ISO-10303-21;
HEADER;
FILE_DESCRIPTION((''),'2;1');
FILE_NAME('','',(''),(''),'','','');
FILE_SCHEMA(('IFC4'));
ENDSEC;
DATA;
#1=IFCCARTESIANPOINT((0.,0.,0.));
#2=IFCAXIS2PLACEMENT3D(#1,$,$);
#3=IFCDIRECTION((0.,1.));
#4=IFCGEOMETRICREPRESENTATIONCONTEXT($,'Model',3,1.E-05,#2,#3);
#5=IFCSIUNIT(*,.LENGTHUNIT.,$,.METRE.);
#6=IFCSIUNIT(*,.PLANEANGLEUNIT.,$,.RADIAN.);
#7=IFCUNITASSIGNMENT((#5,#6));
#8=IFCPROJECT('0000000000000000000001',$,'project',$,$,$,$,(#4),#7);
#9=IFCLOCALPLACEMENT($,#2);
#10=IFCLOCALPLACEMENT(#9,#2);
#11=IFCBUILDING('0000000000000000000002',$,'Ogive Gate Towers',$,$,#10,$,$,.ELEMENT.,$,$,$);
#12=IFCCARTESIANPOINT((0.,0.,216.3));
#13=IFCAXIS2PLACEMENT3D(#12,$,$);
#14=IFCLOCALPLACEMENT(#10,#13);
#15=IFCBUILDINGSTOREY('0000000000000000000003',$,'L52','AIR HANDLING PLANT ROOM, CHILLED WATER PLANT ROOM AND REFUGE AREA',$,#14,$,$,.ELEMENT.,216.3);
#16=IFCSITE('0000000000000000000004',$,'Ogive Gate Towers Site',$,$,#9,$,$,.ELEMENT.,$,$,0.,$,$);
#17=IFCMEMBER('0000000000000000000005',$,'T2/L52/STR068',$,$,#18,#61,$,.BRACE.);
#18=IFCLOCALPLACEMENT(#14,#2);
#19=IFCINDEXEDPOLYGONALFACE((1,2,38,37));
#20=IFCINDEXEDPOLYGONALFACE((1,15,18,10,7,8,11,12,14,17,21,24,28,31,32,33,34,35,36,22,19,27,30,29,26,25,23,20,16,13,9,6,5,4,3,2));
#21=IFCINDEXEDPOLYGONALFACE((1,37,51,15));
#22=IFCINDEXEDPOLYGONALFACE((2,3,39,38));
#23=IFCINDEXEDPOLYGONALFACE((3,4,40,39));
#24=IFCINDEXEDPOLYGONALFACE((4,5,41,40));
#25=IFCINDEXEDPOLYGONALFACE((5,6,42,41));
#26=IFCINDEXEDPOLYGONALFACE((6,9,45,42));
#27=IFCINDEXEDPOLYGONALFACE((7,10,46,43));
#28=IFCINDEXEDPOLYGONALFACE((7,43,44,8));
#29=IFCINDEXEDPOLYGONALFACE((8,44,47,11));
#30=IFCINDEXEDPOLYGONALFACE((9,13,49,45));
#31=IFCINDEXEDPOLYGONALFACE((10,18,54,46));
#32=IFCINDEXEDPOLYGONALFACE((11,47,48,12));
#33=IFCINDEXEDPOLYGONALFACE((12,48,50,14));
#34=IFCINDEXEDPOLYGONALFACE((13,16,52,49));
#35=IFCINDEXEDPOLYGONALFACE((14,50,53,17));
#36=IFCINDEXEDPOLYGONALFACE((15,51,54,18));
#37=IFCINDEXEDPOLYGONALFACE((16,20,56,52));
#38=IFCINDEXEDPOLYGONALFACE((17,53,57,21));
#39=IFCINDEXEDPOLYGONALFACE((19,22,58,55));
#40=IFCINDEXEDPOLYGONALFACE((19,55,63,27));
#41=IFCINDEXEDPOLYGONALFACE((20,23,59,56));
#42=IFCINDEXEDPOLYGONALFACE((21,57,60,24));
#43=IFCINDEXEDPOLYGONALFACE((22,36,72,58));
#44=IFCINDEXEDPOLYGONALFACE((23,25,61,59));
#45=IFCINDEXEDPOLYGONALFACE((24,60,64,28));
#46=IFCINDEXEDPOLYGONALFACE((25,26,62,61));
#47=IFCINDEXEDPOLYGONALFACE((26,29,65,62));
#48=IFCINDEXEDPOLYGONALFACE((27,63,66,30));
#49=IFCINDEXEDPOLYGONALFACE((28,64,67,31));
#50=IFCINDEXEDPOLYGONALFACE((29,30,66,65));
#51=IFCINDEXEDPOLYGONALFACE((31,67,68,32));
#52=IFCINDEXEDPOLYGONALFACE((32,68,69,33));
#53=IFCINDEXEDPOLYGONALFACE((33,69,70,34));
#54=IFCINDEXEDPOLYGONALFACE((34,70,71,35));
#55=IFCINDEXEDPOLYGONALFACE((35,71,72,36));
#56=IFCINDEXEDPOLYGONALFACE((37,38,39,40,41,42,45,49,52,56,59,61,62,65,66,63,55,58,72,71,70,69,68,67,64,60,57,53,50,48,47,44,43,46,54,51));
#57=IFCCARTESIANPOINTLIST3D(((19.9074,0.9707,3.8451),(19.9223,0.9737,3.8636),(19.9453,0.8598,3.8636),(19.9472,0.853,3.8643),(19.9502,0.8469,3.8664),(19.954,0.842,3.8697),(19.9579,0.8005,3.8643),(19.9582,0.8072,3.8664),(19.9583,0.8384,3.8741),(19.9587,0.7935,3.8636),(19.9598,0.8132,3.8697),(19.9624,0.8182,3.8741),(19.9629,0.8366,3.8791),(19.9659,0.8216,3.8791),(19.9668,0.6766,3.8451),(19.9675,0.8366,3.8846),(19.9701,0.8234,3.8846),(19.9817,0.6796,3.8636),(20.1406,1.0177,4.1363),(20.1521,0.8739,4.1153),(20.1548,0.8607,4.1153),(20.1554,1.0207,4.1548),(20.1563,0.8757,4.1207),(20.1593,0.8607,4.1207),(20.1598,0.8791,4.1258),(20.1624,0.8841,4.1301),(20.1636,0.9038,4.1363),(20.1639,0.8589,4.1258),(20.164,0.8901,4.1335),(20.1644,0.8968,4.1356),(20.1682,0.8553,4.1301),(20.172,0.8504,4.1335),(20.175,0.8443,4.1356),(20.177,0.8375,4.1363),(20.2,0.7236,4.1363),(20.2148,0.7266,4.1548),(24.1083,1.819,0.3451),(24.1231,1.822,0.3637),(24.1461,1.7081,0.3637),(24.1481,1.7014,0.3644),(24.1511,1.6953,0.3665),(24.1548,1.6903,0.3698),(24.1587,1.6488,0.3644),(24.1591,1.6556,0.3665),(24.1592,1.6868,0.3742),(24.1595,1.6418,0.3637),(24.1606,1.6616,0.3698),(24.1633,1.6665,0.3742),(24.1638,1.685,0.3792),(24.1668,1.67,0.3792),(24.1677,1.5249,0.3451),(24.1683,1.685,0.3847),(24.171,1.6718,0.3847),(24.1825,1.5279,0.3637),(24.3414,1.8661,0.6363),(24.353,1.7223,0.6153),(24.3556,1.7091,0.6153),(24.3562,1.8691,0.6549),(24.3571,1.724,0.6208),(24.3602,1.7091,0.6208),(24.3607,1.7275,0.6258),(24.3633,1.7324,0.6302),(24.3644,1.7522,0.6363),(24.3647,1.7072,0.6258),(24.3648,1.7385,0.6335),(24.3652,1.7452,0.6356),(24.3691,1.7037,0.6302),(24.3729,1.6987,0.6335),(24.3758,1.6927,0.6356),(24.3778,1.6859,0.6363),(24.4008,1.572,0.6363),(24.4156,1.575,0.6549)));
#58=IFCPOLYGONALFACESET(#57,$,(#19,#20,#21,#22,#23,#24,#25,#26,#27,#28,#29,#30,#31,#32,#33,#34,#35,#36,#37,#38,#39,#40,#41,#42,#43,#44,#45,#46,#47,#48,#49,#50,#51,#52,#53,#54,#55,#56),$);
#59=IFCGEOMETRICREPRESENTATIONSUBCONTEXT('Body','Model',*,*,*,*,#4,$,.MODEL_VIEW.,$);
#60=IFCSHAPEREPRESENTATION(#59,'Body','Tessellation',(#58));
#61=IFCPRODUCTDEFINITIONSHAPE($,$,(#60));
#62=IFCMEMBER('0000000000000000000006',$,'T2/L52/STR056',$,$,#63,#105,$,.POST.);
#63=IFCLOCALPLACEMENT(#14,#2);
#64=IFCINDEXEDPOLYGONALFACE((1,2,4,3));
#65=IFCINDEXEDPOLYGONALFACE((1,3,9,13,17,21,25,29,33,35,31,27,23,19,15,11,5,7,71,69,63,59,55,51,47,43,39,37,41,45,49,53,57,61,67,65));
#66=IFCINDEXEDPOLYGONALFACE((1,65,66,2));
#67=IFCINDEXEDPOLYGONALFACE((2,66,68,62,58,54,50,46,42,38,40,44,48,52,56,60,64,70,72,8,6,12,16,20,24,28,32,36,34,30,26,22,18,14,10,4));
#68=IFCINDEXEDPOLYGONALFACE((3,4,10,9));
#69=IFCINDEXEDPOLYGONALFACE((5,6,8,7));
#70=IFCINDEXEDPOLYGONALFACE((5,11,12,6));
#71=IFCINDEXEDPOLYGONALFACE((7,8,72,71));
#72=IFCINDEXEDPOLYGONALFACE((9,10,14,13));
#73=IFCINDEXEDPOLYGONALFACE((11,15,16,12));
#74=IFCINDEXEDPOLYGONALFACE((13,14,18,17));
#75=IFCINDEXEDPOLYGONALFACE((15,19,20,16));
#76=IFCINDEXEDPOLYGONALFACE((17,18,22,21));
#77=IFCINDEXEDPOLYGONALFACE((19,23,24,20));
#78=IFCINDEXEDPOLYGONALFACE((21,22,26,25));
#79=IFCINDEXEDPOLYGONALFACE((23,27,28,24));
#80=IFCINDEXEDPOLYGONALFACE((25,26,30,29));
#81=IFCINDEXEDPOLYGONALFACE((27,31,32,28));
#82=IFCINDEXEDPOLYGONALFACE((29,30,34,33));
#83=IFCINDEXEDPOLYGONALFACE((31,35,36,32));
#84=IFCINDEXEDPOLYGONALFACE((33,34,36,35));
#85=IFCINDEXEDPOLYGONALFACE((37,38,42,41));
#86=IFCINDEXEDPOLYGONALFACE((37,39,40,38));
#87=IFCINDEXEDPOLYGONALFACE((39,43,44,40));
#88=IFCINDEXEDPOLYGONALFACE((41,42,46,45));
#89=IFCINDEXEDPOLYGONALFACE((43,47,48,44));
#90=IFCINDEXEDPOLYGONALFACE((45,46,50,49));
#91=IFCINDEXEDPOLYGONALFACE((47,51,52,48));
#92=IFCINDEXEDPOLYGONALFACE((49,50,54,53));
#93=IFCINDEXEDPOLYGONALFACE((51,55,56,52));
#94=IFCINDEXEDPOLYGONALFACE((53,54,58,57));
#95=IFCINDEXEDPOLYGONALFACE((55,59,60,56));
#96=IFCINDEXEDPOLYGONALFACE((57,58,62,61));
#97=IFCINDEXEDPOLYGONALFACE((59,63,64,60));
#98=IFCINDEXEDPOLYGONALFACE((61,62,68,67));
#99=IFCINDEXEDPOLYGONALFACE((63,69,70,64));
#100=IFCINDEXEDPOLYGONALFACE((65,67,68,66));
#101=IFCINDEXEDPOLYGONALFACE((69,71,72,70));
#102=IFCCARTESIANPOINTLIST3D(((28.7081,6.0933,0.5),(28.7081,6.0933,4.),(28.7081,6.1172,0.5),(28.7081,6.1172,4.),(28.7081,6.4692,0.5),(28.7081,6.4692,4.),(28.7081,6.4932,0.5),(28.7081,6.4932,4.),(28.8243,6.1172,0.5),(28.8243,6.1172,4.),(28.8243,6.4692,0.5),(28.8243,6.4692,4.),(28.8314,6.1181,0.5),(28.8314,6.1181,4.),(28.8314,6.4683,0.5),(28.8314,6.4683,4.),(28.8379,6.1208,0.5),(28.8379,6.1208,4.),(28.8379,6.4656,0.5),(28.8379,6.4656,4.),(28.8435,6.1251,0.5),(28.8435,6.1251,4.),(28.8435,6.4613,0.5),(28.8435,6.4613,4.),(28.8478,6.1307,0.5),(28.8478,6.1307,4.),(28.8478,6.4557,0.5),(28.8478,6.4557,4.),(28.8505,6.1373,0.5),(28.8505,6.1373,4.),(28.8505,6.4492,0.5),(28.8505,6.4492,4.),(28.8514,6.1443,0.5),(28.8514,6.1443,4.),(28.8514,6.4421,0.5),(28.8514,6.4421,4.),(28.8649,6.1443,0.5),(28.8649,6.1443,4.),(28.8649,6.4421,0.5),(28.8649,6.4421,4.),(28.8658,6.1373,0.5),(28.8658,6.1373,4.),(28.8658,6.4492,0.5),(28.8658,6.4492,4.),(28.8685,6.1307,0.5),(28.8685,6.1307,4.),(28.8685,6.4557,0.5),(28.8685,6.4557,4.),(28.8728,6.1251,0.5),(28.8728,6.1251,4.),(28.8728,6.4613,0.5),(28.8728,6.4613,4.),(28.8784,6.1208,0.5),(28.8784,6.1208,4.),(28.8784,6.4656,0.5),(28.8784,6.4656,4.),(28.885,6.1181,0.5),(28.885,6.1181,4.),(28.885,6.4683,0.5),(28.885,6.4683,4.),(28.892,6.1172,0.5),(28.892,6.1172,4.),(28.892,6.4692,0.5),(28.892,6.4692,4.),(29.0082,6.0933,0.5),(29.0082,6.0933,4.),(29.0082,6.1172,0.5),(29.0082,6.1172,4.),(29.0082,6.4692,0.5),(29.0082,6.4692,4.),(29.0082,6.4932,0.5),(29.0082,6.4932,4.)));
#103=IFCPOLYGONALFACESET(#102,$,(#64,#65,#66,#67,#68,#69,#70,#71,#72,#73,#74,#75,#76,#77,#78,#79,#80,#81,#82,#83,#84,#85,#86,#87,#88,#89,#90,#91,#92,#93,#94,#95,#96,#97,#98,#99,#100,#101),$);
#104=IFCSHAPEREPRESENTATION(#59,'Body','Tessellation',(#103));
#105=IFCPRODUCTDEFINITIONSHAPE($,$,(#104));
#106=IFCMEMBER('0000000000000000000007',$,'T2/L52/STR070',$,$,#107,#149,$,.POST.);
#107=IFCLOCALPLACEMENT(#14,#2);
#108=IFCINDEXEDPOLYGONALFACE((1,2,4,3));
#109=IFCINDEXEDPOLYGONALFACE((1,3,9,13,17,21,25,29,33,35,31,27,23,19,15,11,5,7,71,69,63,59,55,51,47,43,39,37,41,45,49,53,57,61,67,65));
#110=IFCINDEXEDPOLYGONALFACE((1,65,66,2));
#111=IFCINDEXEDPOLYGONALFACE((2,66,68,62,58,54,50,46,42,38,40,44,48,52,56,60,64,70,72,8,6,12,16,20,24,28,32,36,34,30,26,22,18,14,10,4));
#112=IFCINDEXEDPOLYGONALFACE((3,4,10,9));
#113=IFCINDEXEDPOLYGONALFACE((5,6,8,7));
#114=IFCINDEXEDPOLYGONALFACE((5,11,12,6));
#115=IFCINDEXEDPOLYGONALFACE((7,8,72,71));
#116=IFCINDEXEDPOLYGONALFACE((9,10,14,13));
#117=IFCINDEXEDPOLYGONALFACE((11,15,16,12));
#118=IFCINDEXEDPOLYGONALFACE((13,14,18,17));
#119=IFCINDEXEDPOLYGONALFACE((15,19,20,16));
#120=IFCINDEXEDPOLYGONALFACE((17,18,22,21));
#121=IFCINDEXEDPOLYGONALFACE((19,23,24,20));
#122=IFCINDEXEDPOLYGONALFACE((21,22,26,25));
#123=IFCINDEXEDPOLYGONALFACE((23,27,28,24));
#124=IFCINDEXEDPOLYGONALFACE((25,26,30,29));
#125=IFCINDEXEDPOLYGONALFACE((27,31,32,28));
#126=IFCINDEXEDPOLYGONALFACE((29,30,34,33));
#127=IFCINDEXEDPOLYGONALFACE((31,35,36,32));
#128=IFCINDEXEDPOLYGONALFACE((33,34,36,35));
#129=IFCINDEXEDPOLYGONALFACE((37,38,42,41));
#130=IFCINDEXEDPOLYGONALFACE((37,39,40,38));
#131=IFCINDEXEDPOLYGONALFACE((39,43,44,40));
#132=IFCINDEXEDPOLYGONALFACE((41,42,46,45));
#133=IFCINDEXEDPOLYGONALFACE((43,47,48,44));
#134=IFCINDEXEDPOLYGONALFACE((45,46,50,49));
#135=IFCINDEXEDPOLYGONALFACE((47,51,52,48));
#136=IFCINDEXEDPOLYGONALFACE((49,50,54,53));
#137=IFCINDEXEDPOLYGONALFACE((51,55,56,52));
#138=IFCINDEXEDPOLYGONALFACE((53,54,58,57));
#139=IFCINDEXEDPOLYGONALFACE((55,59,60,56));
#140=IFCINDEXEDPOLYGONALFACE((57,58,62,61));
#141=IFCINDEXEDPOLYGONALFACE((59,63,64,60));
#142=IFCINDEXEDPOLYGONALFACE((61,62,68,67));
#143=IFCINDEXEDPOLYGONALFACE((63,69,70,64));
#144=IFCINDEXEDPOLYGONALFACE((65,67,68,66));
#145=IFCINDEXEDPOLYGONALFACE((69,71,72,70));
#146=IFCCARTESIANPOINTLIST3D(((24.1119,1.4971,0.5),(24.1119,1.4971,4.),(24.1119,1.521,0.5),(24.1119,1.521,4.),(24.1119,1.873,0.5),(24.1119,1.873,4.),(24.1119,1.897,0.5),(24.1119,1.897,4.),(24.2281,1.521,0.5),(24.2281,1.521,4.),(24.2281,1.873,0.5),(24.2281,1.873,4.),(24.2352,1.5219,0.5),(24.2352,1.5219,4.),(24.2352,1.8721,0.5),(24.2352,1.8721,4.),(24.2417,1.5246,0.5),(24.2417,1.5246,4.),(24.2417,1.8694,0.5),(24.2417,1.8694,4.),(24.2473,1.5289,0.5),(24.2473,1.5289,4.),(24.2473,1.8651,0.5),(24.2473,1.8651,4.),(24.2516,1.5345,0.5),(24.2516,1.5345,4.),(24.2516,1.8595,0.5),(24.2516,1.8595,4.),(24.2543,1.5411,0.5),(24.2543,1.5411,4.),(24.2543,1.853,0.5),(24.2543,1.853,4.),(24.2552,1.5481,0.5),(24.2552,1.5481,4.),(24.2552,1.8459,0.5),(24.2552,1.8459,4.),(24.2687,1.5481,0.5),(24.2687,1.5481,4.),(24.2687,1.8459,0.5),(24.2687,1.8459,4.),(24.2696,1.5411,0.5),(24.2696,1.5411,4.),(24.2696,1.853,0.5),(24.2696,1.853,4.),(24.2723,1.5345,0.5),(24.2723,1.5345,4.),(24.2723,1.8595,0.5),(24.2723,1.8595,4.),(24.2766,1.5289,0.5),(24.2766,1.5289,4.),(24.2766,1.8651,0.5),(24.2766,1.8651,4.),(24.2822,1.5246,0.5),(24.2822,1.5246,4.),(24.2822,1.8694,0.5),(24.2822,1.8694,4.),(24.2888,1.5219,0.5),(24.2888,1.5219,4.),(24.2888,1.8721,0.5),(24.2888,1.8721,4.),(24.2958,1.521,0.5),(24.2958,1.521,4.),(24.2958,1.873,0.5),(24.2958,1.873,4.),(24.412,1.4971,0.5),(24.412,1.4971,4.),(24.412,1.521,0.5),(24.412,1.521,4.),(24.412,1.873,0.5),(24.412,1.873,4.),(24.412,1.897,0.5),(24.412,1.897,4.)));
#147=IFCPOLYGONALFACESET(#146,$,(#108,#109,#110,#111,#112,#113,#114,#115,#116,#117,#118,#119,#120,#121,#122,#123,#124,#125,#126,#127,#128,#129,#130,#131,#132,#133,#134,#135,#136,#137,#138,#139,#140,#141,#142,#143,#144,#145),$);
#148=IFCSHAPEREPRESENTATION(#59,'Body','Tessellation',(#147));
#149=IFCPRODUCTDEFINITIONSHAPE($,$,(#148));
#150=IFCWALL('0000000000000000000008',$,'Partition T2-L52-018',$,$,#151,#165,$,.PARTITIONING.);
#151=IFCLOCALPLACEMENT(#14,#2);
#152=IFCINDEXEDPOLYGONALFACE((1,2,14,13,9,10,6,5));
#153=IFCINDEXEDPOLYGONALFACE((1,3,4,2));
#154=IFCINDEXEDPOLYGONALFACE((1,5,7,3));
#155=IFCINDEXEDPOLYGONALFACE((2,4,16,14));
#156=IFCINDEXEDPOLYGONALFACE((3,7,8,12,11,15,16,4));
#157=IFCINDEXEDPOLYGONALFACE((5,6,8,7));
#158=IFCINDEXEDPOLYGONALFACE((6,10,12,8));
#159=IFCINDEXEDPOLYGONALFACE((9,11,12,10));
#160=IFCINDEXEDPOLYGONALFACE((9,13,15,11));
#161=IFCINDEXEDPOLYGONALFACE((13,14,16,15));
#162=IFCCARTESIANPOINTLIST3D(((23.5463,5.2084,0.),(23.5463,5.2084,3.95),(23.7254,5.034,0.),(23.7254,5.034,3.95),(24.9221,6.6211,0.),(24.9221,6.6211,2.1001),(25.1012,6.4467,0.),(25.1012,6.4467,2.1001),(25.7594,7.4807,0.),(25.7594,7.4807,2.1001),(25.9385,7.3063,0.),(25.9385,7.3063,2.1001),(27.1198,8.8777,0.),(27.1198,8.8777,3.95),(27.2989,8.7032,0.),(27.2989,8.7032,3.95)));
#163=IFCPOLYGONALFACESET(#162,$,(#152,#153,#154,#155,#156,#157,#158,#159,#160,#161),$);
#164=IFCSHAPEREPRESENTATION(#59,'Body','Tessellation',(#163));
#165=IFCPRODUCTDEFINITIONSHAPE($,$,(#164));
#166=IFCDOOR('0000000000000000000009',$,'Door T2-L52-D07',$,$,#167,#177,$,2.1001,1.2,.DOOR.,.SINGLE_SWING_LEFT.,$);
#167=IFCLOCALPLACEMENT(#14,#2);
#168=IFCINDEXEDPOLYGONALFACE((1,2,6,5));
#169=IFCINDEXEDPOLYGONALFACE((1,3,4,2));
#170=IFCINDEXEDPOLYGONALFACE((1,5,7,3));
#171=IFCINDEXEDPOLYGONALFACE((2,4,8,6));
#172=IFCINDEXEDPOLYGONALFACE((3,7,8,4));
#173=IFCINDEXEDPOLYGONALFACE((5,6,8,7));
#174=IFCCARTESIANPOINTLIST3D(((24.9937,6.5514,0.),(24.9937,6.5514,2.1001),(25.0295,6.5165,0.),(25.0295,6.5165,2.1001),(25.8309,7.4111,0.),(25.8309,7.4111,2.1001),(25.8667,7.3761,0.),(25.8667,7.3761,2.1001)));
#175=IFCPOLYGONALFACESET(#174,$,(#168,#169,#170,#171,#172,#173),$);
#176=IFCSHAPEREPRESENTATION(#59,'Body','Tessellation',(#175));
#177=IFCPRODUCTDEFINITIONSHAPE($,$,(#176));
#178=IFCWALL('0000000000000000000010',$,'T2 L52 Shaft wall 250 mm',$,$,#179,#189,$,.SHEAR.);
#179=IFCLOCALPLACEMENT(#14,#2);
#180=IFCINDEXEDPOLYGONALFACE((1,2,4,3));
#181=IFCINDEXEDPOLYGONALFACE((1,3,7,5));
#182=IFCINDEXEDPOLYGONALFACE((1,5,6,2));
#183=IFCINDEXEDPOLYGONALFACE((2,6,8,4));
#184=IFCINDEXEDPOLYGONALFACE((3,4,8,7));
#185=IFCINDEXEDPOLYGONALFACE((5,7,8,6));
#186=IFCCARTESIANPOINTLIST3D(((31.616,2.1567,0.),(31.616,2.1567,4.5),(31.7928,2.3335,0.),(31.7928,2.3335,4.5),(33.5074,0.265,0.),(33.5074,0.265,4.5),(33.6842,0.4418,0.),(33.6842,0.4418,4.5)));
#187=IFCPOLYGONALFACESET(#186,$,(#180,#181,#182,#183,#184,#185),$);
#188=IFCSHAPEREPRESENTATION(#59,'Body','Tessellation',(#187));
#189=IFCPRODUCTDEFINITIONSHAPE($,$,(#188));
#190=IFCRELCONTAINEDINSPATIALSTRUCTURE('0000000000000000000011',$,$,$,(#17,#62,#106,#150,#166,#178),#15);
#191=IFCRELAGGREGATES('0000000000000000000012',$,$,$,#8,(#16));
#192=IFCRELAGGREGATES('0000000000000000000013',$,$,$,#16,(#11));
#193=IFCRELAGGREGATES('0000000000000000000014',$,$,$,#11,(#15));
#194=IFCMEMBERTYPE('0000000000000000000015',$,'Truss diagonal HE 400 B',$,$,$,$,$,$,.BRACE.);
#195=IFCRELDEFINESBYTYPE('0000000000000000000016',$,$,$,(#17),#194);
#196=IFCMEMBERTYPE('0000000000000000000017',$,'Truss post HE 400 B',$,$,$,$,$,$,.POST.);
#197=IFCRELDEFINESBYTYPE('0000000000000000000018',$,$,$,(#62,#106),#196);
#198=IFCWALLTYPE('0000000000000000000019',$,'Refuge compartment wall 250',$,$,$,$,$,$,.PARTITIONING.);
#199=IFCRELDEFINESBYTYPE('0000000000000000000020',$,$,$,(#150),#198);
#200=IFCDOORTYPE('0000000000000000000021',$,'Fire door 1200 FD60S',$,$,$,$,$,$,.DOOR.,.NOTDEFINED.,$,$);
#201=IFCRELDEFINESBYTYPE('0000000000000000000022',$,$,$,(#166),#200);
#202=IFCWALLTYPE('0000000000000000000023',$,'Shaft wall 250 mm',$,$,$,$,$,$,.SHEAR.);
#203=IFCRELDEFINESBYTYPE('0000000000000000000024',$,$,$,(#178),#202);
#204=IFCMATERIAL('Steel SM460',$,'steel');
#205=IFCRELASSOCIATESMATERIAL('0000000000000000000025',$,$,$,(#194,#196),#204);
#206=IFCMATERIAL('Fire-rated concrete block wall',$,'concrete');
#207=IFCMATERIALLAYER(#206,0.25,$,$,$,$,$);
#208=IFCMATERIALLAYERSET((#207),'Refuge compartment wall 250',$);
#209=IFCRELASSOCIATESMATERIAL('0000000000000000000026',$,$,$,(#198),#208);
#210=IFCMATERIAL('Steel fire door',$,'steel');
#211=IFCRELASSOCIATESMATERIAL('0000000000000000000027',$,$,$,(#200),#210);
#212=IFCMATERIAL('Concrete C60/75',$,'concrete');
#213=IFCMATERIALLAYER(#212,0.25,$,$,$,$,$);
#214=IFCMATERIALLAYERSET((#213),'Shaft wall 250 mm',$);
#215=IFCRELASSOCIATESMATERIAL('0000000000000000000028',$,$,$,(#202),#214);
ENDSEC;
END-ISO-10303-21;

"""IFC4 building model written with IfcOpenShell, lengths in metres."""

from ifc_helpers import new_model, si_unit, direction, frame, frame_2d, origin, origin_2d, place, context, subcontext, project, spatial, rectangle, i_section, extrude, material, layer, layer_set, material_profile, profile_set, type_object, element, fill, save


model = new_model("IFC4")

# Units and contexts
model_context = context("Model", 3, precision=1e-05, world=origin(), true_north=direction((0.0, 1.0)))
body_context = subcontext(model_context, "Body", "Model", "MODEL_VIEW")
ifc_project = project(units=[si_unit("LENGTHUNIT", "METRE"), si_unit("PLANEANGLEUNIT", "RADIAN")], contexts=[model_context])

# Site, building, storey
site_placement = place(None, origin())
site = spatial("IfcSite", under=ifc_project, at=site_placement, Name="Ogive Gate Towers Site", CompositionType="ELEMENT", RefElevation=0.0)
building_placement = place(site_placement, origin())
building = spatial("IfcBuilding", under=site, at=building_placement, Name="Ogive Gate Towers", CompositionType="ELEMENT")
storey_placement = place(building_placement, frame((0.0, 0.0, 216.3)))
storey = spatial("IfcBuildingStorey", under=building, at=storey_placement, Name="L52", Description="AIR HANDLING PLANT ROOM, CHILLED WATER PLANT ROOM AND REFUGE AREA", CompositionType="ELEMENT", Elevation=216.3)

# Shared definitions
ifc_material_1 = material(Name="Steel SM460", Category="steel")

# Members
ifc_material_profile_1 = material_profile(ifc_material_1, i_section(OverallWidth=0.3, OverallDepth=0.3999, WebThickness=0.0134, FlangeThickness=0.0239, FilletRadius=0.0271, at=origin_2d()), Name="HE 400 B")
ifc_profile_set_1 = profile_set([ifc_material_profile_1], Name="Steel SM460")
member_type_1 = type_object("IfcMemberType", Name="Truss diagonal HE 400 B", PredefinedType="BRACE", material=ifc_profile_set_1)
member_1_placement = place(storey_placement, frame((24.262, 1.697, 0.5), z_axis=(-0.759207, -0.153324, 0.632532), x_axis=(0.197956, -0.980211, 0.0)))
element("IfcMember", 1, at=member_1_placement, inside=storey, type_object=member_type_1, Name="T2/L52/STR068", PredefinedType="BRACE", context=body_context, shape_type="SweptSolid", body=[
    extrude(i_section(OverallWidth=0.3, OverallDepth=0.3999, WebThickness=0.0134, FlangeThickness=0.0239, FilletRadius=0.0271, at=origin_2d()), origin(), (0.0, 0.0, 1.0), 5.5332),
])
ifc_material_profile_2 = material_profile(ifc_material_1, i_section(OverallWidth=0.3, OverallDepth=0.3999, WebThickness=0.0134, FlangeThickness=0.0239, FilletRadius=0.0271, at=origin_2d()), Name="HE 400 B")
ifc_profile_set_2 = profile_set([ifc_material_profile_2], Name="Steel SM460")
member_type_2 = type_object("IfcMemberType", Name="Truss post HE 400 B", PredefinedType="POST", material=ifc_profile_set_2)
for number, where, z_axis, x_axis, name in (
    (2, (28.8582, 6.2932, 0.5), (0.0, 0.0, 1.0), (1.0, 0.0, 0.0), "T2/L52/STR056"),
    (3, (24.262, 1.697, 0.5), (0.0, 0.0, 1.0), (1.0, 0.0, 0.0), "T2/L52/STR070"),
):
    element("IfcMember", number, at=place(storey_placement, frame(where, z_axis=z_axis, x_axis=x_axis)), inside=storey, type_object=member_type_2, Name=name, PredefinedType="POST", context=body_context, shape_type="SweptSolid", body=[
        extrude(i_section(OverallWidth=0.3, OverallDepth=0.3999, WebThickness=0.0134, FlangeThickness=0.0239, FilletRadius=0.0271, at=origin_2d()), origin(), (0.0, 0.0, 1.0), 3.5),
    ])

# Wall, opening, door
ifc_material_2 = material(Name="Fire-rated concrete block wall", Category="concrete")
ifc_layer_1 = layer(ifc_material_2, 0.25)
ifc_layer_set_1 = layer_set([ifc_layer_1], Name="Refuge compartment wall 250")
wall_type_1 = type_object("IfcWallType", Name="Refuge compartment wall 250", PredefinedType="PARTITIONING", material=ifc_layer_set_1)
wall_1_placement = place(storey_placement, frame((27.2095, 8.7905, 0.0), z_axis=(0.0, 0.0, 1.0), x_axis=(-0.697702, -0.716388, 0.0)))
wall_1 = element("IfcWall", 4, at=wall_1_placement, inside=storey, type_object=wall_type_1, Name="Partition T2-L52-018", PredefinedType="PARTITIONING", context=body_context, shape_type="SweptSolid", body=[
    extrude(rectangle(XDim=5.1218, YDim=0.25, at=frame_2d((2.561, 0.0))), origin(), (0.0, 0.0, 1.0), 3.95),
])
opening_1_placement = place(wall_1_placement, frame((1.95, 0.0, 0.0)))
opening_1 = element("IfcOpeningElement", 5, at=opening_1_placement, cuts=wall_1, PredefinedType="OPENING", context=body_context, shape_type="SweptSolid", body=[
    extrude(rectangle(XDim=1.2, YDim=2.1001, at=frame_2d((0.6001, 1.05))), frame((0.0, 0.135, 0.0), z_axis=(0.0, -1.0, 0.0), x_axis=(1.0, 0.0, 0.0)), (0.0, 0.0, 1.0), 0.27),
])
ifc_material_3 = material(Name="Steel fire door", Category="steel")
door_type_1 = type_object("IfcDoorType", Name="Fire door 1200 FD60S", OperationType="NOTDEFINED", PredefinedType="DOOR", material=ifc_material_3)
door_1_placement = place(opening_1_placement, origin())
door_1 = element("IfcDoor", 6, at=door_1_placement, inside=storey, type_object=door_type_1, Name="Door T2-L52-D07", OperationType="SINGLE_SWING_LEFT", OverallHeight=2.1001, OverallWidth=1.2, PredefinedType="DOOR", context=body_context, shape_type="SweptSolid", body=[
    extrude(rectangle(XDim=1.2, YDim=2.1001, at=frame_2d((0.6001, 1.05))), frame((0.0, 0.0249, 0.0), z_axis=(0.0, -1.0, 0.0), x_axis=(1.0, 0.0, 0.0)), (0.0, 0.0, 1.0), 0.05),
])
fill(opening_1, door_1)

# Wall
ifc_material_4 = material(Name="Concrete C60/75", Category="concrete")
ifc_layer_2 = layer(ifc_material_4, 0.25)
ifc_layer_set_2 = layer_set([ifc_layer_2], Name="Shaft wall 250 mm")
wall_type_2 = type_object("IfcWallType", Name="Shaft wall 250 mm", PredefinedType="SHEAR", material=ifc_layer_set_2)
wall_2_placement = place(storey_placement, frame((33.5957, 0.3535, 0.0), z_axis=(0.0, 0.0, 1.0), x_axis=(-0.707061, 0.707152, 0.0)))
element("IfcWall", 7, at=wall_2_placement, inside=storey, type_object=wall_type_2, Name="T2 L52 Shaft wall 250 mm", PredefinedType="SHEAR", context=body_context, shape_type="SweptSolid", body=[
    extrude(rectangle(XDim=2.675, YDim=0.25, at=frame_2d((1.3374, 0.0))), origin(), (0.0, 0.0, 1.0), 4.5),
])

save(model, "model.ifc")
